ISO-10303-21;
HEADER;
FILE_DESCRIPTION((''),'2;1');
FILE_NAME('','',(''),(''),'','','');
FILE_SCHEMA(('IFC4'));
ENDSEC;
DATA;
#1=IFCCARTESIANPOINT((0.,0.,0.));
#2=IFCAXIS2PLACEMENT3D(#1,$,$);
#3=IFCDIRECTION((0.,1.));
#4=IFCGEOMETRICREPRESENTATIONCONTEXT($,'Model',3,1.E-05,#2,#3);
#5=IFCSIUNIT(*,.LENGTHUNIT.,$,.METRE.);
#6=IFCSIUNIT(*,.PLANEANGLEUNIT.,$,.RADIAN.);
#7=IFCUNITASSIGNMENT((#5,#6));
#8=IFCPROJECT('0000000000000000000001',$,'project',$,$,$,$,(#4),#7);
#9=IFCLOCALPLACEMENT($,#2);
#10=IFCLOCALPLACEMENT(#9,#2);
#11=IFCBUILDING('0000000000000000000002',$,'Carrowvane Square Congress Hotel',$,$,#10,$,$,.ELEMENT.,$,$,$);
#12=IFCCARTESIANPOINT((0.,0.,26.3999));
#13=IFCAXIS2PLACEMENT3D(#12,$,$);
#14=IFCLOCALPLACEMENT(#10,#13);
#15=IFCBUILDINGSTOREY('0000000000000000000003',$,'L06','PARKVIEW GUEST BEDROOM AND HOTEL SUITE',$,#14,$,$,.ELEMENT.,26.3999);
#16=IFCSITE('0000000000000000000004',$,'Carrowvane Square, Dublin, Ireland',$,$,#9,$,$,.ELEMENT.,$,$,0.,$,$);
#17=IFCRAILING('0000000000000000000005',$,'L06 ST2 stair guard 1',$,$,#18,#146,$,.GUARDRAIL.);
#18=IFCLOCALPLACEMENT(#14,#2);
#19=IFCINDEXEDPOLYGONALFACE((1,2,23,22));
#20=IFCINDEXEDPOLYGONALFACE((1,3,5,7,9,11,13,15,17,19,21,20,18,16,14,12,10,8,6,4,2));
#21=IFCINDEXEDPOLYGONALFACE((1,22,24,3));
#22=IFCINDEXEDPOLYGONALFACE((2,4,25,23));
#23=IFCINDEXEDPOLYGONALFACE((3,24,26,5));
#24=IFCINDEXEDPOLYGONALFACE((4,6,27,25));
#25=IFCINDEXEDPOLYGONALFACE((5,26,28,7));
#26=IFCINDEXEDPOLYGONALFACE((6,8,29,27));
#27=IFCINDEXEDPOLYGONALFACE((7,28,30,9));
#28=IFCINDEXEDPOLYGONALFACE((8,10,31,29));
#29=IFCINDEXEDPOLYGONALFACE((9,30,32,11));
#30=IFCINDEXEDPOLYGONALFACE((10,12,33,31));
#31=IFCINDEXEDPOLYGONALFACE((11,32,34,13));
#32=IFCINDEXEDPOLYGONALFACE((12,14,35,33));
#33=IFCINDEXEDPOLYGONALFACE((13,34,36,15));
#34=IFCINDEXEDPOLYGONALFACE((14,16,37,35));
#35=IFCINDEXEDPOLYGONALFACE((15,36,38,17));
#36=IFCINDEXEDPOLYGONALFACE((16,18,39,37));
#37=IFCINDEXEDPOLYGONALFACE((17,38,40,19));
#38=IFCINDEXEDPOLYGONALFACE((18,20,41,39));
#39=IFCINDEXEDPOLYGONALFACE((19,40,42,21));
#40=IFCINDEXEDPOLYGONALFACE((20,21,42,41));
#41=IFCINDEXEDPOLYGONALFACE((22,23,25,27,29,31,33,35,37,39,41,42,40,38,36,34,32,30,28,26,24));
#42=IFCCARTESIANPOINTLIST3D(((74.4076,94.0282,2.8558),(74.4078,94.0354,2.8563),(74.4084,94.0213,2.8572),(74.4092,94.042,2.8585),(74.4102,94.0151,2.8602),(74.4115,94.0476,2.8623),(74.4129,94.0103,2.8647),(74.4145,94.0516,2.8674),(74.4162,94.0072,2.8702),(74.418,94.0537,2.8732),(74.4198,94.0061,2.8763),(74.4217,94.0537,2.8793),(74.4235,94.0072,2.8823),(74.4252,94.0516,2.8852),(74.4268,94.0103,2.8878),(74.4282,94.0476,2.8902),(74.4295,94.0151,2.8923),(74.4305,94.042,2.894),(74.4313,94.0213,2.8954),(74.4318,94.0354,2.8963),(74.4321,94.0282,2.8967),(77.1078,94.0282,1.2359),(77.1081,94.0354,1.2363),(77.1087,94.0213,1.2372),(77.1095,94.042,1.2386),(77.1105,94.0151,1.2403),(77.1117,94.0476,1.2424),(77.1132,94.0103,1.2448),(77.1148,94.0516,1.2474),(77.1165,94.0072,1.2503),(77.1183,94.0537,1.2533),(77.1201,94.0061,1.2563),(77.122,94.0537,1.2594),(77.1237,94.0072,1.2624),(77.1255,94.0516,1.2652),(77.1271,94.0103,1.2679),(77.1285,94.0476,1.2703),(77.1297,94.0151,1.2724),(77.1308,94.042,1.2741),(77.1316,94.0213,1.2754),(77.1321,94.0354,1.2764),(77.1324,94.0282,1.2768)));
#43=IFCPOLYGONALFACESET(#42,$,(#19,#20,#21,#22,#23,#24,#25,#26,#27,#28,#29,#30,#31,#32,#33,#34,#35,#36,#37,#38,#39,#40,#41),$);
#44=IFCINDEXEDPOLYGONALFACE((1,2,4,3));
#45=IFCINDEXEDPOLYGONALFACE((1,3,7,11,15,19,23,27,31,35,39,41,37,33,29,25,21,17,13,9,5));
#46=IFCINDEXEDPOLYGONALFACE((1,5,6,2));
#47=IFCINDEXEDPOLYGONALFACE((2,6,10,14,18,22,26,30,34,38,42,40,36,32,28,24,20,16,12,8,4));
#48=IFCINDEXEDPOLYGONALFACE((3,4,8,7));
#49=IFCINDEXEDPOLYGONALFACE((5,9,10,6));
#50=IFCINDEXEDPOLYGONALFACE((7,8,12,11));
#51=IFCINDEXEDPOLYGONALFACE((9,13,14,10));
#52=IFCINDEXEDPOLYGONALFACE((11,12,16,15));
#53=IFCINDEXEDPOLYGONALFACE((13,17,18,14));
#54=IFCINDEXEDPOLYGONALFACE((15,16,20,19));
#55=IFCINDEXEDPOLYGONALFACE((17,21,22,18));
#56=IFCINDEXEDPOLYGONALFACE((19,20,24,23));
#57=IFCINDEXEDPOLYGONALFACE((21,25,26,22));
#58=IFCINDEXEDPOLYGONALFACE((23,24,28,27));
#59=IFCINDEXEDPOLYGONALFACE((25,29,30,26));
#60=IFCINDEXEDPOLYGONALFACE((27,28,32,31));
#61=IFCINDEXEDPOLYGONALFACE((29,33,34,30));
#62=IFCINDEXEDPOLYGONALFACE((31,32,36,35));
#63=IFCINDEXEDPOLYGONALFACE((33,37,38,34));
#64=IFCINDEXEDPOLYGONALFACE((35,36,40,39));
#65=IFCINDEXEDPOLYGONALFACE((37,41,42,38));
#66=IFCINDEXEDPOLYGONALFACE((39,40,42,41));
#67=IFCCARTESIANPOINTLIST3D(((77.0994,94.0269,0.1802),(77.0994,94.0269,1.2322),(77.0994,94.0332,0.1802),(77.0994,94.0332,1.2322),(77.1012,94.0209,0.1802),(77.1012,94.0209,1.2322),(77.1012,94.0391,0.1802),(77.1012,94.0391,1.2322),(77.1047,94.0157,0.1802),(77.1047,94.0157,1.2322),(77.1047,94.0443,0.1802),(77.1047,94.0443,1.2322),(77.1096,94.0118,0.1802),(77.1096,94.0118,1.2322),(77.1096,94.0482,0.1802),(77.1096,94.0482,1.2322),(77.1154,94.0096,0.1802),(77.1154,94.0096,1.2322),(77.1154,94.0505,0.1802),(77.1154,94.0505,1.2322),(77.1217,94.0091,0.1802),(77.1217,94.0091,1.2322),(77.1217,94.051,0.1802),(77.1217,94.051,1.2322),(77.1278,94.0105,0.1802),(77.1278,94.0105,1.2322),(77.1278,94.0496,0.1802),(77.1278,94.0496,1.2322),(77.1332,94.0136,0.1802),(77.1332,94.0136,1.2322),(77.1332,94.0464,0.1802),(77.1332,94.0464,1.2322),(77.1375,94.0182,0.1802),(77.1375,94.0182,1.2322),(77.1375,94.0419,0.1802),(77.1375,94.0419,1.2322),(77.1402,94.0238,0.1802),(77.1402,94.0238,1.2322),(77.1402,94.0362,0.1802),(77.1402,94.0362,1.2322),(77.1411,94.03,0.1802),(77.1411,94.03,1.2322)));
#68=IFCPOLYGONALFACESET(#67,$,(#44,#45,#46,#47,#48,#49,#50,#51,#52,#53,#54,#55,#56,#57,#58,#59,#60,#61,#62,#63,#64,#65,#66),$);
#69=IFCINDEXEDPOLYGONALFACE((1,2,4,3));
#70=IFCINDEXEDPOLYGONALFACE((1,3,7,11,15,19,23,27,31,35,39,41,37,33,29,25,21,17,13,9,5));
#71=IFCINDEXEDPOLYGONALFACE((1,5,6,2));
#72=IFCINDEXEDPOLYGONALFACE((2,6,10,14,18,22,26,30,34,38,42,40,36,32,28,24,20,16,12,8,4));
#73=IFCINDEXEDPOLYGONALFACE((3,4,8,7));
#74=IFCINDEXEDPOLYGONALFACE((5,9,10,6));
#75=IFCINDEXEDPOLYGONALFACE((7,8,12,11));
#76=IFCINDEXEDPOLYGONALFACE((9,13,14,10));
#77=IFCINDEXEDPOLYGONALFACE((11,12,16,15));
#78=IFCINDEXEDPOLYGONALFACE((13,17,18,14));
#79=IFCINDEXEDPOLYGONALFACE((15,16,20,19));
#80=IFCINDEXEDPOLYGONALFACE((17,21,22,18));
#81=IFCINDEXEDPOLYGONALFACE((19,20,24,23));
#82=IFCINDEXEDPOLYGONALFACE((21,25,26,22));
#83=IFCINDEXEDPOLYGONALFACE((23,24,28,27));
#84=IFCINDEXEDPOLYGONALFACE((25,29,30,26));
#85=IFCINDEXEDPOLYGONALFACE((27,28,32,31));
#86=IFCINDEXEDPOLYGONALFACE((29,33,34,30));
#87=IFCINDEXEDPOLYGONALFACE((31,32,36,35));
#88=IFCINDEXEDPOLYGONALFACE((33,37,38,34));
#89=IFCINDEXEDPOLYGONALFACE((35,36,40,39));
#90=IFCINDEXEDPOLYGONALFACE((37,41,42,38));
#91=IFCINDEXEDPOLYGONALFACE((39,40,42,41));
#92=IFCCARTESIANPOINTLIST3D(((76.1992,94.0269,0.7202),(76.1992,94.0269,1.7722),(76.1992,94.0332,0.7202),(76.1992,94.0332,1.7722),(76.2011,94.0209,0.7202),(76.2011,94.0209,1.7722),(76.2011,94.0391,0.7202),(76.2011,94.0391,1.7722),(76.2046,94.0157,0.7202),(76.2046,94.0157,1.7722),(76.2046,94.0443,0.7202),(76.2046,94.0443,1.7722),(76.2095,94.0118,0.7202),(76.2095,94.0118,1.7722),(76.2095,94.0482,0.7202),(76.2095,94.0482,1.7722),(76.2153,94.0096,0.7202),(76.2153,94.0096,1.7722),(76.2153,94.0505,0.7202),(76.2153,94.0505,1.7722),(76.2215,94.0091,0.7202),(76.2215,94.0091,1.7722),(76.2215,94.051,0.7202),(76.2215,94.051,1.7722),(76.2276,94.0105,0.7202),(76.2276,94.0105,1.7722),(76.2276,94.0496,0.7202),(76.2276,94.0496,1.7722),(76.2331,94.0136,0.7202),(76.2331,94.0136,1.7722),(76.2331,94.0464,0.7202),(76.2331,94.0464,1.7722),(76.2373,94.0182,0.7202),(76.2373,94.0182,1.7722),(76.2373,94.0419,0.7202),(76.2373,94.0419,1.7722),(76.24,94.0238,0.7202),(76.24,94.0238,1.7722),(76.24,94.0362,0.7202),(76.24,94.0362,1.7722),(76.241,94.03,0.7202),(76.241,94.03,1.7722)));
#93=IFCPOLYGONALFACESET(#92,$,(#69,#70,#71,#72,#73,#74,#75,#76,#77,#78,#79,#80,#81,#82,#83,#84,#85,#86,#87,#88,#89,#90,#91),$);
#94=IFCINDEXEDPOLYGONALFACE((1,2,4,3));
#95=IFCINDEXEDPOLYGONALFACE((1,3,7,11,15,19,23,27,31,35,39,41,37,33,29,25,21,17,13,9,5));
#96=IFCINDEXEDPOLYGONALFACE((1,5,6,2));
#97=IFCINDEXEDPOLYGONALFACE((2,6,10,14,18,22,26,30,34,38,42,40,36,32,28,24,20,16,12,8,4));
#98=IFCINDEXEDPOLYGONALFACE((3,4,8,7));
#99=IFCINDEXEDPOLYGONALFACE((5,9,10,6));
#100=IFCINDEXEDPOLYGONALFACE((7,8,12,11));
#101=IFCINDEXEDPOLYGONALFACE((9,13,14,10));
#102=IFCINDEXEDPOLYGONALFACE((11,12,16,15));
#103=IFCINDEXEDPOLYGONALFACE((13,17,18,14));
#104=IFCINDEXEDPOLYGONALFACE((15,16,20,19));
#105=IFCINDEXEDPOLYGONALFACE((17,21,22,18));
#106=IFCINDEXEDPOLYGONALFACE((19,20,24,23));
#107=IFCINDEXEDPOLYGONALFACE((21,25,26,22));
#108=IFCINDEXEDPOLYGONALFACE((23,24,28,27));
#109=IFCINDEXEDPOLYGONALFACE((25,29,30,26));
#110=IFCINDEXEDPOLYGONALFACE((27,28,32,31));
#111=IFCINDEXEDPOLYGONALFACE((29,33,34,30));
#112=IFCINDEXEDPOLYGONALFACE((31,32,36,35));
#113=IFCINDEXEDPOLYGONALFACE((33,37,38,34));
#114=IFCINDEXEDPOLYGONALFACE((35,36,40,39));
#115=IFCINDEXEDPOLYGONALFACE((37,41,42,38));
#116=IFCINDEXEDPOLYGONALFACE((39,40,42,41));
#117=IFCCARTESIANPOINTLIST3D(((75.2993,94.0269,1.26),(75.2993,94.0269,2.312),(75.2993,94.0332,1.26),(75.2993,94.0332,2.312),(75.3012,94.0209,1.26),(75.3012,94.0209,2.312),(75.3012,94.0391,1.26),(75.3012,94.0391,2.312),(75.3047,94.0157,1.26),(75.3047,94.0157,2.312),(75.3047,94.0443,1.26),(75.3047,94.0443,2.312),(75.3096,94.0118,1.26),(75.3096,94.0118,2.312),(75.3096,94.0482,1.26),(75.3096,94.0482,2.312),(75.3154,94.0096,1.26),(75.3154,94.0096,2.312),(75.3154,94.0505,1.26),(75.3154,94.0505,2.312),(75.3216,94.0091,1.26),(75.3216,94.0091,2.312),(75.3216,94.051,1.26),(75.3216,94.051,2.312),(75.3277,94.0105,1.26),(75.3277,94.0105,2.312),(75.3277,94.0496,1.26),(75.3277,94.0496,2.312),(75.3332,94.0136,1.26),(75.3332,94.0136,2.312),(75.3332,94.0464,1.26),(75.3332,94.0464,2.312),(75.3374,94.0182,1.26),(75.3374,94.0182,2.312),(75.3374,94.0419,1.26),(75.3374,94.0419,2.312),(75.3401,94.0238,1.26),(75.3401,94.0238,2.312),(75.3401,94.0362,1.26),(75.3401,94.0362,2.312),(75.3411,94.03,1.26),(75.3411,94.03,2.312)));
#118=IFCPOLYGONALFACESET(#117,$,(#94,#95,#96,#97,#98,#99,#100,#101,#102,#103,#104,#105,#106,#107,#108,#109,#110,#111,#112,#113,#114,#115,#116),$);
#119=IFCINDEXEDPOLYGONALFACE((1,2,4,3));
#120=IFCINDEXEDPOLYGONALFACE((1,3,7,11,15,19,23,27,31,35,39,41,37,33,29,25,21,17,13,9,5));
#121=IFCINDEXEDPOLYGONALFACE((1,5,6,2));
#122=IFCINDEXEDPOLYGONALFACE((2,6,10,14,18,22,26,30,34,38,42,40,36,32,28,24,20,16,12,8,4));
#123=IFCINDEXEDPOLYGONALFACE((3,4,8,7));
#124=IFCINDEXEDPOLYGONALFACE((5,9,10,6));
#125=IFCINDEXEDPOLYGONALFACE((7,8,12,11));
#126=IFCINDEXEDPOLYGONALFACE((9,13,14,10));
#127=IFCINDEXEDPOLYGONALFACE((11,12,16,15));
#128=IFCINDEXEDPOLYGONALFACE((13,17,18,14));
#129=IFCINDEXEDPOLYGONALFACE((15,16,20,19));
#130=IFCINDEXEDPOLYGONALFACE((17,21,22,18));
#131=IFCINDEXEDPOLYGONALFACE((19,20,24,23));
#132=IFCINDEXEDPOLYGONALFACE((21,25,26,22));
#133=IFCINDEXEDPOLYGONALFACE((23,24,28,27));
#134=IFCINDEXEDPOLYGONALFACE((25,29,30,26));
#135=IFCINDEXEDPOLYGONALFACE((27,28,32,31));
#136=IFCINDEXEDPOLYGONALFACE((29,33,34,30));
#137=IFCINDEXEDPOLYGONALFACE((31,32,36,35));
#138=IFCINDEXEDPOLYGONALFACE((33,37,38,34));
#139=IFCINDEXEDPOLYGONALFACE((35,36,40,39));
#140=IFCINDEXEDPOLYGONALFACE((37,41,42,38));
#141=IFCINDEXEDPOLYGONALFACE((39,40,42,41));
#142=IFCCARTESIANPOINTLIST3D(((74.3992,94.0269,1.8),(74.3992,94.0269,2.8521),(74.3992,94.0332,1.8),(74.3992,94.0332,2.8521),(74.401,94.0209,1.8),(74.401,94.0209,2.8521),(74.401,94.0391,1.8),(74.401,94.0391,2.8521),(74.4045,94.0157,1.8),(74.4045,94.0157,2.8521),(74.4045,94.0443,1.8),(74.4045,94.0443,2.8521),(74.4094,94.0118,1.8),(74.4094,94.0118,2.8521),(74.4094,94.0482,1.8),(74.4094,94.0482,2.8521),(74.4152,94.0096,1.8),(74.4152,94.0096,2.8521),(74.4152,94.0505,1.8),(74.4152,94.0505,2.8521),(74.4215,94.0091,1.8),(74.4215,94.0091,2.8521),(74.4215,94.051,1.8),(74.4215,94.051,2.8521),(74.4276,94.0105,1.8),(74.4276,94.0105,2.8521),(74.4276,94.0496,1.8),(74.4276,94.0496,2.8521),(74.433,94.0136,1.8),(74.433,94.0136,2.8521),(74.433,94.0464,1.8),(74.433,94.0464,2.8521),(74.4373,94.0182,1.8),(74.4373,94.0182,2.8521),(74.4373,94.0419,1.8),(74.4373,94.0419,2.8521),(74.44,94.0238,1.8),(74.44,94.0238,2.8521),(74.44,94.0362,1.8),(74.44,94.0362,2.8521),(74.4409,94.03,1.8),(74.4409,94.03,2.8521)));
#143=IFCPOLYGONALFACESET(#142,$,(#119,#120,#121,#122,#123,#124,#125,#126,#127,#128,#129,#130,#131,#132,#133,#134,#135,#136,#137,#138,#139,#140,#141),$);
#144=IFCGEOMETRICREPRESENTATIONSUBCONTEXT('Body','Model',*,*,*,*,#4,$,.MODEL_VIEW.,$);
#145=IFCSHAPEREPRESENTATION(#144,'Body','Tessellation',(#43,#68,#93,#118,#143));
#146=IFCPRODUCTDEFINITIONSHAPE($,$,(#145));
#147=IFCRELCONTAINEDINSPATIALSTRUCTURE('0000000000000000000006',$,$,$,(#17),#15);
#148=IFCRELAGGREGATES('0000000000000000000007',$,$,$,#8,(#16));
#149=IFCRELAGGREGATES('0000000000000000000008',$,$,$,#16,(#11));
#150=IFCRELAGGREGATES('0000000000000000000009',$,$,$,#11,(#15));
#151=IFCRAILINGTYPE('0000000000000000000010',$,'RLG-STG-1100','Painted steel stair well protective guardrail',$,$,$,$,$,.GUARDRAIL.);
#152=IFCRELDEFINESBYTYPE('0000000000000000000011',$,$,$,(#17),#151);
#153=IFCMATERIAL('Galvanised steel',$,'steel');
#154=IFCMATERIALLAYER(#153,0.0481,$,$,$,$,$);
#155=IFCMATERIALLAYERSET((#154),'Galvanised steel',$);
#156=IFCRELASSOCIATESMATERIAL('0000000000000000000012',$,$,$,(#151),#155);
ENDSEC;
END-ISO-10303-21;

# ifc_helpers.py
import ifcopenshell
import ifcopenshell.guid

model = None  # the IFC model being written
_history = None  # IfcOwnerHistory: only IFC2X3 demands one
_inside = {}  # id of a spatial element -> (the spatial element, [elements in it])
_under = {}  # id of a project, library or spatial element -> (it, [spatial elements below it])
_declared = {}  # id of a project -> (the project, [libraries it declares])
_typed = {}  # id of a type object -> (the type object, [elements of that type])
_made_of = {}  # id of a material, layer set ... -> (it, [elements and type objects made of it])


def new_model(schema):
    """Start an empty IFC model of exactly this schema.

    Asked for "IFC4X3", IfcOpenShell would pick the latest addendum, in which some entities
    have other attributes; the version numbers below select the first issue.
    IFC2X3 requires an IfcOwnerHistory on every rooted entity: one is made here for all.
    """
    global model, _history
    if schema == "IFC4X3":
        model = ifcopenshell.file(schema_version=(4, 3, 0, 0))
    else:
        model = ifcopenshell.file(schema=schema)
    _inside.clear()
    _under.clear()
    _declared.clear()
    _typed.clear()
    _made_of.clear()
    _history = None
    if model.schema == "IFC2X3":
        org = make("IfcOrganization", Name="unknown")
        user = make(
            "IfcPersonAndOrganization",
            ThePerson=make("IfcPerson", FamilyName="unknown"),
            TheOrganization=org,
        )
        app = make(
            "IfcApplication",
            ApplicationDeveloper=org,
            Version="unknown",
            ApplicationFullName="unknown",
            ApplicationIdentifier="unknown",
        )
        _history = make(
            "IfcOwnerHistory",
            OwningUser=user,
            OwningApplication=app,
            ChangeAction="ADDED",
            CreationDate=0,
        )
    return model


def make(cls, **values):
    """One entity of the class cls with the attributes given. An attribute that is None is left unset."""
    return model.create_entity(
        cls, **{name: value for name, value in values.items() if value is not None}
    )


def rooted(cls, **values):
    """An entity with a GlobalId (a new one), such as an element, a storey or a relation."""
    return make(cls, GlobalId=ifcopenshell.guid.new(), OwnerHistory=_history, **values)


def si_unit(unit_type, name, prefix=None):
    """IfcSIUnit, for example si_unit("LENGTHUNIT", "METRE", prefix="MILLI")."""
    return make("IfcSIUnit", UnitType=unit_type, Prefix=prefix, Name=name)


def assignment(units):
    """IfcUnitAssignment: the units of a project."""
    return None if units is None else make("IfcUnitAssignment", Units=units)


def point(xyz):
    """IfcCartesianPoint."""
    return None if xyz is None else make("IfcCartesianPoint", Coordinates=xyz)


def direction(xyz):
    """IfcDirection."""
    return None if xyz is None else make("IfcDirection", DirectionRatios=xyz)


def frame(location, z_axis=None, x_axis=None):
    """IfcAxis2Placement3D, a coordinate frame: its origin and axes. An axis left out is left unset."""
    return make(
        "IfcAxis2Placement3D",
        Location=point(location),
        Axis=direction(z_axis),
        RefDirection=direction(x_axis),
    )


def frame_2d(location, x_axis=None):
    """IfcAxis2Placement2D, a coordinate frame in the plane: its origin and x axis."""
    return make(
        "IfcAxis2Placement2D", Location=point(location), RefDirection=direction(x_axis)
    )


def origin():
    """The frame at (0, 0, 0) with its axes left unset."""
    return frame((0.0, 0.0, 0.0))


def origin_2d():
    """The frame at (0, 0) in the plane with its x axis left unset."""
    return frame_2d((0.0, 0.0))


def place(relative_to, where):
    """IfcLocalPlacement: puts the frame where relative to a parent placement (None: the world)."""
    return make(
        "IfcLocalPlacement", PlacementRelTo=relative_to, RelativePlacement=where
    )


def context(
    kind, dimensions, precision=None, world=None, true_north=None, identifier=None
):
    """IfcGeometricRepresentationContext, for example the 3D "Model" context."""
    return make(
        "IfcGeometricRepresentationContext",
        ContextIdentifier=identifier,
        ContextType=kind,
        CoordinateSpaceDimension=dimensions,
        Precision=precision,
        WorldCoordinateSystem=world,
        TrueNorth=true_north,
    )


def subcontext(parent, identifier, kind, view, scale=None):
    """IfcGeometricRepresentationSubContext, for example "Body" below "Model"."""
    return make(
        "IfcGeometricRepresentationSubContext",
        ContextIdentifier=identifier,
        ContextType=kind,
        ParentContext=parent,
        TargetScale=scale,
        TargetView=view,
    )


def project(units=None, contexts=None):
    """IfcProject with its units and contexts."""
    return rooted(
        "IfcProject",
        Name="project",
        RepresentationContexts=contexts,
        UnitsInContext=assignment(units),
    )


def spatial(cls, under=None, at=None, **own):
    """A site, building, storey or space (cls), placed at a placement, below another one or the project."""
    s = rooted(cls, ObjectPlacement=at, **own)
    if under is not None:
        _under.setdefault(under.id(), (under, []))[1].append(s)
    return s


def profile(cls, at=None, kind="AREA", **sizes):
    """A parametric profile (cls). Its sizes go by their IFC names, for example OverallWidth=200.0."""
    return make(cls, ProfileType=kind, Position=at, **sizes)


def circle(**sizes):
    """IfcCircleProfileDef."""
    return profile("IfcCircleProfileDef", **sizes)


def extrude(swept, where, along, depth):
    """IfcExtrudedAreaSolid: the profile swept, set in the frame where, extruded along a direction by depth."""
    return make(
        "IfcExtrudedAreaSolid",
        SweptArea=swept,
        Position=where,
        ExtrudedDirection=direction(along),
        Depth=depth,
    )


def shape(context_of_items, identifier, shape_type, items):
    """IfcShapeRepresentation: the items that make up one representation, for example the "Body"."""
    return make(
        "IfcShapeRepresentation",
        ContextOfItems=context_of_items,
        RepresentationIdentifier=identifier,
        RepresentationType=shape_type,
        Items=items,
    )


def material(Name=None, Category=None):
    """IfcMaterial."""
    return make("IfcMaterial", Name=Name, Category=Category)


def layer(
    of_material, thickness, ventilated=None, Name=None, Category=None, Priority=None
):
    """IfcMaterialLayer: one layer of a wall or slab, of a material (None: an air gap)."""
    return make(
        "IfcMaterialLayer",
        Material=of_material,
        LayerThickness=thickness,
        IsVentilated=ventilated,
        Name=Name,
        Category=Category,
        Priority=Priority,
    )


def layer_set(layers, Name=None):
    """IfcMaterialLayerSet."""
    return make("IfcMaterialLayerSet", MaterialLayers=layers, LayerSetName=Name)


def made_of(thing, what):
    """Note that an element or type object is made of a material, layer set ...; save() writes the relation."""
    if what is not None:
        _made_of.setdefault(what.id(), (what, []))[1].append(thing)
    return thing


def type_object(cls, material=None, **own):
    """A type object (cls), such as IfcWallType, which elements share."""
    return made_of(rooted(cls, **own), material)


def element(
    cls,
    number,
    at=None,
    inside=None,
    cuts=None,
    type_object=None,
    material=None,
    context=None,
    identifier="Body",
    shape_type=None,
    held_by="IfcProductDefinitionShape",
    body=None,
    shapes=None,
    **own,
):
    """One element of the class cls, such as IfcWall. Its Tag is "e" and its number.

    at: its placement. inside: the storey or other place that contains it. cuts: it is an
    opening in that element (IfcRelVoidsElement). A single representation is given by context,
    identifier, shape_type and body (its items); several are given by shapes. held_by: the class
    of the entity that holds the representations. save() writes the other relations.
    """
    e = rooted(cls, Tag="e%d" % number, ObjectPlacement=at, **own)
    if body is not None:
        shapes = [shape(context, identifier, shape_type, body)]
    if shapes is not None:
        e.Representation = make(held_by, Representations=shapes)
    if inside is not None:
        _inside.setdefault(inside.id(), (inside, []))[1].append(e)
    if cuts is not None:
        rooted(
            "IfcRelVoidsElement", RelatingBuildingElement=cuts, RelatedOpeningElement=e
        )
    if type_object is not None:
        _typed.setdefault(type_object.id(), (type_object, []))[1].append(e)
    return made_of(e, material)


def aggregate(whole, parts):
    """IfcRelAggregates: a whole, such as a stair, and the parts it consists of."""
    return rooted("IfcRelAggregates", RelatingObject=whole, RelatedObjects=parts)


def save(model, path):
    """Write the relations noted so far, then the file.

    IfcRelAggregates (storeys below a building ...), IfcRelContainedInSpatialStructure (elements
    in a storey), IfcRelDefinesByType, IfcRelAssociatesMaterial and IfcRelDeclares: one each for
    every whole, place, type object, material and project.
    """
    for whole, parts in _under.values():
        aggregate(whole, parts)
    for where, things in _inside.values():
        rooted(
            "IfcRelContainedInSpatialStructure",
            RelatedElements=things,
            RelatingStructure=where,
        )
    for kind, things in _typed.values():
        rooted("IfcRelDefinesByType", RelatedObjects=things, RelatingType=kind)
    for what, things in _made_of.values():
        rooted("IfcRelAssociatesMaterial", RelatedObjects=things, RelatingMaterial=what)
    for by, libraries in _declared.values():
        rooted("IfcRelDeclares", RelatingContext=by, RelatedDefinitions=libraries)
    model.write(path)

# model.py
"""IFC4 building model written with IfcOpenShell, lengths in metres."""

from ifc_helpers import new_model, si_unit, direction, frame, origin, origin_2d, place, context, subcontext, project, spatial, circle, extrude, material, layer, layer_set, type_object, element, save


model = new_model("IFC4")

# Units and contexts
model_context = context("Model", 3, precision=1e-05, world=origin(), true_north=direction((0.0, 1.0)))
body_context = subcontext(model_context, "Body", "Model", "MODEL_VIEW")
ifc_project = project(units=[si_unit("LENGTHUNIT", "METRE"), si_unit("PLANEANGLEUNIT", "RADIAN")], contexts=[model_context])

# Site, building, storey
site_placement = place(None, origin())
site = spatial("IfcSite", under=ifc_project, at=site_placement, Name="Carrowvane Square, Dublin, Ireland", CompositionType="ELEMENT", RefElevation=0.0)
building_placement = place(site_placement, origin())
building = spatial("IfcBuilding", under=site, at=building_placement, Name="Carrowvane Square Congress Hotel", CompositionType="ELEMENT")
storey_placement = place(building_placement, frame((0.0, 0.0, 26.3999)))
storey = spatial("IfcBuildingStorey", under=building, at=storey_placement, Name="L06", Description="PARKVIEW GUEST BEDROOM AND HOTEL SUITE", CompositionType="ELEMENT", Elevation=26.3999)

# Railing
ifc_material_1 = material(Name="Galvanised steel", Category="steel")
ifc_layer_1 = layer(ifc_material_1, 0.0481)
ifc_layer_set_1 = layer_set([ifc_layer_1], Name="Galvanised steel")
railing_type_1 = type_object("IfcRailingType", Name="RLG-STG-1100", Description="Painted steel stair well protective guardrail", PredefinedType="GUARDRAIL", material=ifc_layer_set_1)
railing_1_placement = place(storey_placement, frame((77.1201, 94.03, 0.1802)))
element("IfcRailing", 1, at=railing_1_placement, inside=storey, type_object=railing_type_1, Name="L06 ST2 stair guard 1", PredefinedType="GUARDRAIL", context=body_context, shape_type="SweptSolid", body=[
    extrude(circle(Radius=0.0239, at=origin_2d()), frame((0.0, 0.0, 1.0762), z_axis=(-0.857527, 0.0, 0.514439), x_axis=(0.0, -1.0, 0.0)), (0.0, 0.0, 1.0), 3.1489),
    extrude(circle(Radius=0.021, at=origin_2d()), origin(), (0.0, 0.0, 1.0), 1.052),
    extrude(circle(Radius=0.021, at=origin_2d()), frame((-0.9001, 0.0, 0.54)), (0.0, 0.0, 1.0), 1.052),
    extrude(circle(Radius=0.021, at=origin_2d()), frame((-1.8, 0.0, 1.0798)), (0.0, 0.0, 1.0), 1.052),
    extrude(circle(Radius=0.021, at=origin_2d()), frame((-2.7002, 0.0, 1.6199)), (0.0, 0.0, 1.0), 1.052),
])

save(model, "model.ifc")
